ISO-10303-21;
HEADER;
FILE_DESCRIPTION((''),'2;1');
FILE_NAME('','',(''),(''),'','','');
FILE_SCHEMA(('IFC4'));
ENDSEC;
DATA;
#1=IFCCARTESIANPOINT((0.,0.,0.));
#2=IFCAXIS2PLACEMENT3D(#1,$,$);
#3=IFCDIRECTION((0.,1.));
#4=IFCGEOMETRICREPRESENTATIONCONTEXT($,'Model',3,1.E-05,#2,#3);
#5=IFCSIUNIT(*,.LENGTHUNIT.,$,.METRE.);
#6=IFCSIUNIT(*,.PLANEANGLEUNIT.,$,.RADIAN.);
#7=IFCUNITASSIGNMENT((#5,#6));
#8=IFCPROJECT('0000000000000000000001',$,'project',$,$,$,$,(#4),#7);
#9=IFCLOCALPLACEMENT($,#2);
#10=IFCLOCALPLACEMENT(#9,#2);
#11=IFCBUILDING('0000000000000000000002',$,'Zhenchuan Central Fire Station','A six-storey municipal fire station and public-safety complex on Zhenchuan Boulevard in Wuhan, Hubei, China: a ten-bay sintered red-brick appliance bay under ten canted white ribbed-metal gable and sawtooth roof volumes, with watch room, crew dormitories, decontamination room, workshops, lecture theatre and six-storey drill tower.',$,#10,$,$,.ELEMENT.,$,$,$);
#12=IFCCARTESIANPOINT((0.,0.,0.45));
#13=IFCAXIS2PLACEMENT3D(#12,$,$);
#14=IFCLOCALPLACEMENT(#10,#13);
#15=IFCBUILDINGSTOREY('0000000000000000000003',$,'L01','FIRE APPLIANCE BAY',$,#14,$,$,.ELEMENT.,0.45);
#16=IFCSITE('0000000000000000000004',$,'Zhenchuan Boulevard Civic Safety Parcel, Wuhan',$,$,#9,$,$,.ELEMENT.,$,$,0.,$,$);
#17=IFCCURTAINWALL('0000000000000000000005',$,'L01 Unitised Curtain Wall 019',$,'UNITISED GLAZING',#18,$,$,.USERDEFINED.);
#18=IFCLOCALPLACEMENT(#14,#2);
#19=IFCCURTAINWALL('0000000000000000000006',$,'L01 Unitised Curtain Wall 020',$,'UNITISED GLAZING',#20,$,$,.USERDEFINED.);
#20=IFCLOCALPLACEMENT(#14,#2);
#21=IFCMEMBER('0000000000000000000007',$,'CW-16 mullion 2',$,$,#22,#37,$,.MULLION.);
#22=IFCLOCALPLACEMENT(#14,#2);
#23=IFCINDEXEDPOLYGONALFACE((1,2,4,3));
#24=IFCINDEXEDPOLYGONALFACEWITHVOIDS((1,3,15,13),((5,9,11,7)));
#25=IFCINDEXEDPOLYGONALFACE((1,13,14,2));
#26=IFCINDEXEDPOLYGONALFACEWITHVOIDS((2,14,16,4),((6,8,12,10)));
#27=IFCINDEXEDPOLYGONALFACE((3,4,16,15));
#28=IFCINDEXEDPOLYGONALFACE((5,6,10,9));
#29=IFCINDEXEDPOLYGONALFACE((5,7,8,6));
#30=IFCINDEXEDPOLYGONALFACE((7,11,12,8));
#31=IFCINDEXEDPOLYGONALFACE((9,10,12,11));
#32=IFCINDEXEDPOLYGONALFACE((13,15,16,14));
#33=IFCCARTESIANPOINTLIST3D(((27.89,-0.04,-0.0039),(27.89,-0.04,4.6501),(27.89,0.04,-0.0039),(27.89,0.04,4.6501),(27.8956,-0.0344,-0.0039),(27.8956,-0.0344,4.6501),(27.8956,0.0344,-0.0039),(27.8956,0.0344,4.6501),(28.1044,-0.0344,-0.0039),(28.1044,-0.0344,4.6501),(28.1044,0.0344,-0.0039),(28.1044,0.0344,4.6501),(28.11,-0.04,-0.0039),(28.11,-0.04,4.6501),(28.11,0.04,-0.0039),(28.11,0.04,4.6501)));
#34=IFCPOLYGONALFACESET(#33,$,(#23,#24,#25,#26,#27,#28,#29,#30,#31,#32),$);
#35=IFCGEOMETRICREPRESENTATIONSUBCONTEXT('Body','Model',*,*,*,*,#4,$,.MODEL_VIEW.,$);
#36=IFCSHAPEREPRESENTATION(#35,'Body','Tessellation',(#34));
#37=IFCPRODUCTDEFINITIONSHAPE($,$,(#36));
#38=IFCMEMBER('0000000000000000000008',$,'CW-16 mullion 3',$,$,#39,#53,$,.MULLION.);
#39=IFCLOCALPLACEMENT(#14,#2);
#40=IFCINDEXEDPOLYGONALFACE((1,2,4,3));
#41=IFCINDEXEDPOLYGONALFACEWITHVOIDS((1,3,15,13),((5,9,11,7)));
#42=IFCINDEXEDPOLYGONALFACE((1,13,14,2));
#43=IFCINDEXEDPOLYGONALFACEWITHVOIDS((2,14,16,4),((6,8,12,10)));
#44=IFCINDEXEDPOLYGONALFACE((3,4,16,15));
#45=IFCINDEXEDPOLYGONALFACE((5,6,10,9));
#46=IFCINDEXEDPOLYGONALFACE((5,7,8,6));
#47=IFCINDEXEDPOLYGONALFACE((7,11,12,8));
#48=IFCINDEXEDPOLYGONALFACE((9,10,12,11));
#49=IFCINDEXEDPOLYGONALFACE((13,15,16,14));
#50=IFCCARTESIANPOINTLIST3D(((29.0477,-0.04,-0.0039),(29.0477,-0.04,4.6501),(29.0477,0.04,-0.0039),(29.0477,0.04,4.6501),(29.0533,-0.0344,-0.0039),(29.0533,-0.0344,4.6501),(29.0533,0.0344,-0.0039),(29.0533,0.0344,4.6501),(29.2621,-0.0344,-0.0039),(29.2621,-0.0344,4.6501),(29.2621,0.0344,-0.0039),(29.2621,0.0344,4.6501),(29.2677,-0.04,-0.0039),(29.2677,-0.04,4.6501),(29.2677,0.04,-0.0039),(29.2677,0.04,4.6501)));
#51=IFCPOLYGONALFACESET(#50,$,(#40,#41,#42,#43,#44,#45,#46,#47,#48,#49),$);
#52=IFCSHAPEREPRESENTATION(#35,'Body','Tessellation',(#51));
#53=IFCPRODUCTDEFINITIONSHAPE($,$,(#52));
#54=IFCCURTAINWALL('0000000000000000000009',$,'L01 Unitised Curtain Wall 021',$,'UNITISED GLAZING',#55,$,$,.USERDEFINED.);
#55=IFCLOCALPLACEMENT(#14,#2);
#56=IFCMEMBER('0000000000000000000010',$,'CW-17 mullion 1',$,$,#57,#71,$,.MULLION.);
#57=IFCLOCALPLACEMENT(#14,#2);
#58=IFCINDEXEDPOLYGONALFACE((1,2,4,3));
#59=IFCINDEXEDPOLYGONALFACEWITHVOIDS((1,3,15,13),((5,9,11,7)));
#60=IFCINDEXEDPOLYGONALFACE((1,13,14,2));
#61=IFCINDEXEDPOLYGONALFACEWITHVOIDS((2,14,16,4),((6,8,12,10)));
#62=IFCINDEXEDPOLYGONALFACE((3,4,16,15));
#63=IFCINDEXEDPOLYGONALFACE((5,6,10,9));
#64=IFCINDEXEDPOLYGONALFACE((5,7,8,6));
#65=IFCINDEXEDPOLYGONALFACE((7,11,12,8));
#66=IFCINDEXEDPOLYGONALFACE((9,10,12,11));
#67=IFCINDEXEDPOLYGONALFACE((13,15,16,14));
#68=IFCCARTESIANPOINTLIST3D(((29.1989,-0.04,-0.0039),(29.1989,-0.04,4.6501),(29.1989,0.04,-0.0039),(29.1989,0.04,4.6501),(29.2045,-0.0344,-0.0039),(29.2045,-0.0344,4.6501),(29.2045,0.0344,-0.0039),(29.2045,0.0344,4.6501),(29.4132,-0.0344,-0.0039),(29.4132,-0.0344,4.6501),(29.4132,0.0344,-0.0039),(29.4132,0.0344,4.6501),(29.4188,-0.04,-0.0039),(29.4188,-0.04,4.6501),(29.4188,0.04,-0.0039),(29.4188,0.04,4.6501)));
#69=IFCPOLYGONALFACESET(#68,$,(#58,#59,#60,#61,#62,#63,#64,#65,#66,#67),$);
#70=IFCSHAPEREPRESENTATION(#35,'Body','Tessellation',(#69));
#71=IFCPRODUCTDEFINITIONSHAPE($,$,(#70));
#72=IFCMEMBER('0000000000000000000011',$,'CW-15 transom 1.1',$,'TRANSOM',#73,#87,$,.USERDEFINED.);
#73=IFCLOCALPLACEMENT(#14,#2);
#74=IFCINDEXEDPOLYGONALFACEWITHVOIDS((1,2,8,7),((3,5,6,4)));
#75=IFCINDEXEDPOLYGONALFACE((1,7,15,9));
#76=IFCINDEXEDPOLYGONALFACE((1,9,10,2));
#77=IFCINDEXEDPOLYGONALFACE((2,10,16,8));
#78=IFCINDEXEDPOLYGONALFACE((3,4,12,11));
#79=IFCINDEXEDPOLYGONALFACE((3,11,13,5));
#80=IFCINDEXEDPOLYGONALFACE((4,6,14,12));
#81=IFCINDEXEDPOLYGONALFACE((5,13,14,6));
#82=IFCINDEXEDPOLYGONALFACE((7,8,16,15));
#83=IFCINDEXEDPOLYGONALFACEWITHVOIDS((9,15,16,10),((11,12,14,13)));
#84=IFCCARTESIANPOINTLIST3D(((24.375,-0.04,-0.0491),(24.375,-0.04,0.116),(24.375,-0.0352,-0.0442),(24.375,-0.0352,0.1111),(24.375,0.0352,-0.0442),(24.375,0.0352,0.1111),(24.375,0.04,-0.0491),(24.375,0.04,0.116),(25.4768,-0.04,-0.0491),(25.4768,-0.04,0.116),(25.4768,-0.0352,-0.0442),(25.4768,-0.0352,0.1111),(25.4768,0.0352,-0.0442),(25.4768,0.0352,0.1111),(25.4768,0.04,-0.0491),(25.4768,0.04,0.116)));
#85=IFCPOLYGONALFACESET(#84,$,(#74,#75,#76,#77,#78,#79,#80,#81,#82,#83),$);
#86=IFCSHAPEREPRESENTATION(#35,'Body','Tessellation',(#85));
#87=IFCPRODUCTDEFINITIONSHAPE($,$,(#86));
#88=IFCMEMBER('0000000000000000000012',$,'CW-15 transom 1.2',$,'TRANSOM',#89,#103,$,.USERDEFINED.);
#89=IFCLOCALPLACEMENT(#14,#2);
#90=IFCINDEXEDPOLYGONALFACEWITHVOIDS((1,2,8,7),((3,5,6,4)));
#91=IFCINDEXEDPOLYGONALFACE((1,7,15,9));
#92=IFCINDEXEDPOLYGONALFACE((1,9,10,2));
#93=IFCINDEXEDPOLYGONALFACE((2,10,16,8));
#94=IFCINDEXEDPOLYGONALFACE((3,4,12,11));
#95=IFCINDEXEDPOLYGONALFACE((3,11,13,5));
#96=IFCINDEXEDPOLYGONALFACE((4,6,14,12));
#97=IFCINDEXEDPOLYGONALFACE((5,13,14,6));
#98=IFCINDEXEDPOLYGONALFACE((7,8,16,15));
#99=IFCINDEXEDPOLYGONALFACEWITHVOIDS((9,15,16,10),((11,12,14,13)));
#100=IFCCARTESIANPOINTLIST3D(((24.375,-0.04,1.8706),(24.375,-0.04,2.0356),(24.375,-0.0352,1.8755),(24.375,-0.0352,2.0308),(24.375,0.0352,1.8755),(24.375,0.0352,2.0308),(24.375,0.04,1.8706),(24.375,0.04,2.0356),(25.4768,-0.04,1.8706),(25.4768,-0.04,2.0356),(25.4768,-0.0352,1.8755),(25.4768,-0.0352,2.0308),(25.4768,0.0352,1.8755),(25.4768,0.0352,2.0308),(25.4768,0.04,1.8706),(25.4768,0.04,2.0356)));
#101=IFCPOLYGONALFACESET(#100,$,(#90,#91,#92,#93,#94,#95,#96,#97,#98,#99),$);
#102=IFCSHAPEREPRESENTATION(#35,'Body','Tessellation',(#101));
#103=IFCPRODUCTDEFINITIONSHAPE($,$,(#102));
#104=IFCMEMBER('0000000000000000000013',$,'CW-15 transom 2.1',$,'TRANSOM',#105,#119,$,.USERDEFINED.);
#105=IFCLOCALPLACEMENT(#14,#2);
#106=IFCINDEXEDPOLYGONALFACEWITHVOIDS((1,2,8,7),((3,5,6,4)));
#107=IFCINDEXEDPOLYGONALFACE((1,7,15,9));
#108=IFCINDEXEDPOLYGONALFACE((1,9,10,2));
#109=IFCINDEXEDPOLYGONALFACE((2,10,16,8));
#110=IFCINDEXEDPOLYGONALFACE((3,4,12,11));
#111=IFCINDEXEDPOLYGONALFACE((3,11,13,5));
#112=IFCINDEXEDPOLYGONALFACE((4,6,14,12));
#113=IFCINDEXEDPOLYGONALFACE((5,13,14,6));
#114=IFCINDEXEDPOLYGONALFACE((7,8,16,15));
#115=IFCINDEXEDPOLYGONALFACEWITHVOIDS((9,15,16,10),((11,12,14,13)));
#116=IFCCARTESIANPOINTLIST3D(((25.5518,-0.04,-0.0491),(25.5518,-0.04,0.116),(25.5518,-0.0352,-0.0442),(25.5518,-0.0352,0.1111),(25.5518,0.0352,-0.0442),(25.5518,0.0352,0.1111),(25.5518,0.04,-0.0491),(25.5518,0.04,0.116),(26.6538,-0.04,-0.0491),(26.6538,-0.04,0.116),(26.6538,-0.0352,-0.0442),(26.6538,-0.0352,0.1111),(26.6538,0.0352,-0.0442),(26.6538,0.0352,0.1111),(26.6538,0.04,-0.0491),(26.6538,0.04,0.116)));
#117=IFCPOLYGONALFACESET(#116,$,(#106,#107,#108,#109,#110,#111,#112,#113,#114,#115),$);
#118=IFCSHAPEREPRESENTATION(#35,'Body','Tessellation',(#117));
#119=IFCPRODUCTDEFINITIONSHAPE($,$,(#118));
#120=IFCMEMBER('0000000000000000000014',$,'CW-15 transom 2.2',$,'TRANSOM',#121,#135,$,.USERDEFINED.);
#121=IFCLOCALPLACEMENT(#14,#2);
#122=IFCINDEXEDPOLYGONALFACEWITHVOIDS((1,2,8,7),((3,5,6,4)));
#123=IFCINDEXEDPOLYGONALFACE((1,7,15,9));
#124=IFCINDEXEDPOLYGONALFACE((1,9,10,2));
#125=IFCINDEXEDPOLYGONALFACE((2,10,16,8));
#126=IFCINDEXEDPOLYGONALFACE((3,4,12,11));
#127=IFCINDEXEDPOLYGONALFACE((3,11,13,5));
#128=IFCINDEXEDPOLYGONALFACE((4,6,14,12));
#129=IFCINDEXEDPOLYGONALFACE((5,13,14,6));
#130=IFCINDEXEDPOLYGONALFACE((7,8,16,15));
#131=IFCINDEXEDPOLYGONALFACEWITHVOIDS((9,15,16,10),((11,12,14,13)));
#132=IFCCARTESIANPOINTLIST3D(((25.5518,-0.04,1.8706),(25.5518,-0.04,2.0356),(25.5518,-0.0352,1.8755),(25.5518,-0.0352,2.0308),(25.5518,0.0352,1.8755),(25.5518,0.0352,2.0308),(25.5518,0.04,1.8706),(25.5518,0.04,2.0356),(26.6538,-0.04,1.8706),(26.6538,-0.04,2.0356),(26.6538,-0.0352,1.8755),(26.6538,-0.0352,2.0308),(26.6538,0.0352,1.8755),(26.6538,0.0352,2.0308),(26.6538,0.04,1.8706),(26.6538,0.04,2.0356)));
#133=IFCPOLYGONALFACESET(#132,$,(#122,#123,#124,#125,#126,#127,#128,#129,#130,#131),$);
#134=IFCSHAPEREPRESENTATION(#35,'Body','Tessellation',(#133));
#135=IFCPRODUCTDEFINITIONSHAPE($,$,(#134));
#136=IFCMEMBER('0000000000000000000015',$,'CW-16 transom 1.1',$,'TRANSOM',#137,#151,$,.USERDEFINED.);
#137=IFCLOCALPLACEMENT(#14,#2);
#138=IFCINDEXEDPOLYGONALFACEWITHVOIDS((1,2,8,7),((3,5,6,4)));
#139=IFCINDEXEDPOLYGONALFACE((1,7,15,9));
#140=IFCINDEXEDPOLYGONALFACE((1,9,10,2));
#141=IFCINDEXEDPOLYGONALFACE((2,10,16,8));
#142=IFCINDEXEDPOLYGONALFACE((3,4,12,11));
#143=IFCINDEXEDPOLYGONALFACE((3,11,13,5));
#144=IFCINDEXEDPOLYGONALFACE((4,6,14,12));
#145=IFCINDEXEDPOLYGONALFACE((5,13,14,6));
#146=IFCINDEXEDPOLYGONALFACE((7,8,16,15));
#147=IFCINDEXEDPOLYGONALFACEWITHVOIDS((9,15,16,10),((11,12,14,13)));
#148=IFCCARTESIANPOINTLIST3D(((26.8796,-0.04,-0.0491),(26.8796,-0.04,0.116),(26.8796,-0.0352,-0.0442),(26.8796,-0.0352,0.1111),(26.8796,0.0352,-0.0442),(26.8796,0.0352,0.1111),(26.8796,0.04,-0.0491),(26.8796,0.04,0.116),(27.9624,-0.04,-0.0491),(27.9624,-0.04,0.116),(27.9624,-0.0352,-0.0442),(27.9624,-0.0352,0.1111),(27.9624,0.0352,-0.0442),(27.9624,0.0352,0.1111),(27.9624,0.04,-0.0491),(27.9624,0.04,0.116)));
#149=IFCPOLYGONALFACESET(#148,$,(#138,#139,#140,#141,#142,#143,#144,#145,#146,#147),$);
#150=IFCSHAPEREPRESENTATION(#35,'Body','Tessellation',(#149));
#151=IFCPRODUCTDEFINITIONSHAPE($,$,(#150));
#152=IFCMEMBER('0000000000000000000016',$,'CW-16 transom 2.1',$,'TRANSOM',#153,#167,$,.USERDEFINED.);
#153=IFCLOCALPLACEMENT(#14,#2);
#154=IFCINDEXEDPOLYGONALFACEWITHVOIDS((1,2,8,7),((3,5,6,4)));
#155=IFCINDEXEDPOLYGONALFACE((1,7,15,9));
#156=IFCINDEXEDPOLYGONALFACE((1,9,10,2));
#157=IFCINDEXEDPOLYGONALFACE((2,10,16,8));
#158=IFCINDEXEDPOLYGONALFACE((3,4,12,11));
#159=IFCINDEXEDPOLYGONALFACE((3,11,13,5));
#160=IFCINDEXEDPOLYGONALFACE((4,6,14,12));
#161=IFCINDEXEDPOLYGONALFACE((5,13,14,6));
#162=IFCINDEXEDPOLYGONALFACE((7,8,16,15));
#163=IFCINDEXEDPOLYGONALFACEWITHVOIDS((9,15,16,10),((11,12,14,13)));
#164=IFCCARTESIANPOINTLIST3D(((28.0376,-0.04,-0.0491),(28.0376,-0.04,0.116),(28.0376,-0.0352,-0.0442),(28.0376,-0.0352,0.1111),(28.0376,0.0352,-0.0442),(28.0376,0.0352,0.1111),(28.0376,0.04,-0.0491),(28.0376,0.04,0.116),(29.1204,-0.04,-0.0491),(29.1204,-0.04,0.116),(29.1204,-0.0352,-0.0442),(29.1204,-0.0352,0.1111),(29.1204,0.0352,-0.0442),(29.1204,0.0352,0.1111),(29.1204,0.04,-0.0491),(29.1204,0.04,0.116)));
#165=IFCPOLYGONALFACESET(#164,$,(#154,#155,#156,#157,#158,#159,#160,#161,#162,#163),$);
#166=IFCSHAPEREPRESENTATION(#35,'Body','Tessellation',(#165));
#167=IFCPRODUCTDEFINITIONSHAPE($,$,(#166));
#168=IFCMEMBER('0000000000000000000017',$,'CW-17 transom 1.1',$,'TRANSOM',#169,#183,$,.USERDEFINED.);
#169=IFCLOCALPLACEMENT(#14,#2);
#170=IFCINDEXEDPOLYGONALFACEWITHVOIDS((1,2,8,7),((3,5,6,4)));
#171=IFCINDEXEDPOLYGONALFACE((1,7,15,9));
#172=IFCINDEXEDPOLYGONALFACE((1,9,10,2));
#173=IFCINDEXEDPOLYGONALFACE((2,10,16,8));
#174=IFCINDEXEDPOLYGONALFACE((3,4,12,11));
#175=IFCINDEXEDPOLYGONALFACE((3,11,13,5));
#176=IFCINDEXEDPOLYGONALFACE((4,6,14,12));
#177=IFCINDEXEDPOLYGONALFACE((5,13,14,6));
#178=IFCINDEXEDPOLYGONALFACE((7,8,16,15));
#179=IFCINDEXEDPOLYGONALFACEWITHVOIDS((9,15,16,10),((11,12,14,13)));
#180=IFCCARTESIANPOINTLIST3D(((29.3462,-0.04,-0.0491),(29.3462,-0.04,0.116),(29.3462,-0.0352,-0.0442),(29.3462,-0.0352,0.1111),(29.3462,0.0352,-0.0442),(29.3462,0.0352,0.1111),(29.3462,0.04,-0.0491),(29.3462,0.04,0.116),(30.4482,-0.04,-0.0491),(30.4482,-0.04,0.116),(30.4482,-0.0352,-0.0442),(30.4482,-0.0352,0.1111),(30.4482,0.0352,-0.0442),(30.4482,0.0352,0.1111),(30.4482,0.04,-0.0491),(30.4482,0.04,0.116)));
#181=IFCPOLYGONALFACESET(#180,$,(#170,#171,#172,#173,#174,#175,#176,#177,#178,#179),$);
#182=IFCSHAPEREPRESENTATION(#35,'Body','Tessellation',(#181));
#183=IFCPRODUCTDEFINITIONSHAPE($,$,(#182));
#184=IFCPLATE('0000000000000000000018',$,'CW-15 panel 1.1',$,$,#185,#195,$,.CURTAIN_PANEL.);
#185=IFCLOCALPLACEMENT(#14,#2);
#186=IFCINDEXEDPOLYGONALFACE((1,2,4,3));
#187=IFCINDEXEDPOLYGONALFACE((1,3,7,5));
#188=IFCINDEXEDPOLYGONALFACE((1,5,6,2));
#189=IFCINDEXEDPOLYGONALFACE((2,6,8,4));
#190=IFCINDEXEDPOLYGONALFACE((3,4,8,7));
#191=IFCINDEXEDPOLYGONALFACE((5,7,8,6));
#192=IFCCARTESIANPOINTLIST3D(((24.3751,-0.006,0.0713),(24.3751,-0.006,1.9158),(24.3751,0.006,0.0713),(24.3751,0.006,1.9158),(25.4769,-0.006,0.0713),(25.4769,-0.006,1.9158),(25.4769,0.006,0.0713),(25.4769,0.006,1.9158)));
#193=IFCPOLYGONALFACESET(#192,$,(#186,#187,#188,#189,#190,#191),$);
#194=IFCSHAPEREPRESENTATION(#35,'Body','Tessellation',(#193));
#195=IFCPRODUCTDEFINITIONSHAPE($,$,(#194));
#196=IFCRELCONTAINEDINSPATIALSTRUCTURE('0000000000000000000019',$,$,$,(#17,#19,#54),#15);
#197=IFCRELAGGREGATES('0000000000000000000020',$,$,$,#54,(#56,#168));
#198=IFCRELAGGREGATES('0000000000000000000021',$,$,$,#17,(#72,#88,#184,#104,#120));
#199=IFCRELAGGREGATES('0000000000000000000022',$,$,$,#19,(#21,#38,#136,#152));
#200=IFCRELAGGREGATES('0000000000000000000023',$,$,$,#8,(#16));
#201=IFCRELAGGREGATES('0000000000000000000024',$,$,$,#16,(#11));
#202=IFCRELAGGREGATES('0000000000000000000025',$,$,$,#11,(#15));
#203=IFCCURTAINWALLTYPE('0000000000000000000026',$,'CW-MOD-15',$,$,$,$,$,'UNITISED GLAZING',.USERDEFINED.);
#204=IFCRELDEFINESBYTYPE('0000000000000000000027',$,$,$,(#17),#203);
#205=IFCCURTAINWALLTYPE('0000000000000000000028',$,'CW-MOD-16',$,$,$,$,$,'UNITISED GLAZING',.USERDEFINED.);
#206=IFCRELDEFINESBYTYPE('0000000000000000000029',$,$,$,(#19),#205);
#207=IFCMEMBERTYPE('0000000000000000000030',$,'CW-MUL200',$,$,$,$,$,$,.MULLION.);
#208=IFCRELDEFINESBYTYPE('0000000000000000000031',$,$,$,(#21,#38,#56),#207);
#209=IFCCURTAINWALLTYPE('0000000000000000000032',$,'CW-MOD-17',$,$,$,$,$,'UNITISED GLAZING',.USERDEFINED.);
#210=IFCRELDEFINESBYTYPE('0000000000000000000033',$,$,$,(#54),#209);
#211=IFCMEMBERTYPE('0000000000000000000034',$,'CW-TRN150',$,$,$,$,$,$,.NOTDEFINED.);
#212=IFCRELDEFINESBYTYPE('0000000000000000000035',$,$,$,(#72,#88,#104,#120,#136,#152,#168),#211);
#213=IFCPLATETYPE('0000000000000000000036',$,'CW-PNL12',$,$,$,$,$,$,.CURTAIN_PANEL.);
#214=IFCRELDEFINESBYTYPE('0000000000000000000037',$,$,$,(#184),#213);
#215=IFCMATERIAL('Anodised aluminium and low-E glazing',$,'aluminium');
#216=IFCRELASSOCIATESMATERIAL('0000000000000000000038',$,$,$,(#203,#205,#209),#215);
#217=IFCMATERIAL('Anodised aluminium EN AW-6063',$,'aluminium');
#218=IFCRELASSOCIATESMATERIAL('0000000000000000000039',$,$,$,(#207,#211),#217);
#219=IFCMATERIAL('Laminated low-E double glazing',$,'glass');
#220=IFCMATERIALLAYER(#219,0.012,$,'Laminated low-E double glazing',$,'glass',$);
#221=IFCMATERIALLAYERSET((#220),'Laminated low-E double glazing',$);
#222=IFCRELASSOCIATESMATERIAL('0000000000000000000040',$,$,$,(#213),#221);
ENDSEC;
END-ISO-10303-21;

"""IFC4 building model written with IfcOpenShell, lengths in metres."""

from ifc_helpers import new_model, si_unit, direction, frame, origin, origin_2d, place, context, subcontext, project, spatial, rectangle, hollow_rectangle, extrude, material, layer, layer_set, material_profile, profile_set, type_object, element, aggregate, save


model = new_model("IFC4")

# Units and contexts
model_context = context("Model", 3, precision=1e-05, world=origin(), true_north=direction((0.0, 1.0)))
body_context = subcontext(model_context, "Body", "Model", "MODEL_VIEW")
ifc_project = project(units=[si_unit("LENGTHUNIT", "METRE"), si_unit("PLANEANGLEUNIT", "RADIAN")], contexts=[model_context])

# Site, building, storey
site_placement = place(None, origin())
site = spatial("IfcSite", under=ifc_project, at=site_placement, Name="Zhenchuan Boulevard Civic Safety Parcel, Wuhan", CompositionType="ELEMENT", RefElevation=0.0)
building_placement = place(site_placement, origin())
building = spatial("IfcBuilding", under=site, at=building_placement, Name="Zhenchuan Central Fire Station", Description="A six-storey municipal fire station and public-safety complex on Zhenchuan Boulevard in Wuhan, Hubei, China: a ten-bay sintered red-brick appliance bay under ten canted white ribbed-metal gable and sawtooth roof volumes, with watch room, crew dormitories, decontamination room, workshops, lecture theatre and six-storey drill tower.", CompositionType="ELEMENT")
storey_placement = place(building_placement, frame((0.0, 0.0, 0.45)))
storey = spatial("IfcBuildingStorey", under=building, at=storey_placement, Name="L01", Description="FIRE APPLIANCE BAY", CompositionType="ELEMENT", Elevation=0.45)

# Curtain walls, members
ifc_material_1 = material(Name="Anodised aluminium and low-E glazing", Category="aluminium")
curtain_wall_type_1 = type_object("IfcCurtainWallType", Name="CW-MOD-15", ElementType="UNITISED GLAZING", PredefinedType="USERDEFINED", material=ifc_material_1)
curtain_wall_1_placement = place(storey_placement, origin())
curtain_wall_1 = element("IfcCurtainWall", 1, at=curtain_wall_1_placement, inside=storey, type_object=curtain_wall_type_1, Name="L01 Unitised Curtain Wall 019", ObjectType="UNITISED GLAZING", PredefinedType="USERDEFINED")
ifc_material_2 = material(Name="Anodised aluminium EN AW-6063", Category="aluminium")
ifc_material_profile_1 = material_profile(ifc_material_2, hollow_rectangle(XDim=0.0801, YDim=0.22, WallThickness=0.0056, at=origin_2d()), Name="ALU-M 220x80")
ifc_profile_set_1 = profile_set([ifc_material_profile_1], Name="Anodised aluminium EN AW-6063")
member_type_1 = type_object("IfcMemberType", Name="CW-MUL200", PredefinedType="MULLION", material=ifc_profile_set_1)
curtain_wall_type_2 = type_object("IfcCurtainWallType", Name="CW-MOD-16", ElementType="UNITISED GLAZING", PredefinedType="USERDEFINED", material=ifc_material_1)
curtain_wall_2_placement = place(storey_placement, origin())
curtain_wall_2 = element("IfcCurtainWall", 2, at=curtain_wall_2_placement, inside=storey, type_object=curtain_wall_type_2, Name="L01 Unitised Curtain Wall 020", ObjectType="UNITISED GLAZING", PredefinedType="USERDEFINED")
member_1_placement = place(storey_placement, frame((28.0, 0.0, -0.0039), z_axis=(0.0, 0.0, 1.0), x_axis=(0.0, 1.0, 0.0)))
member_1 = element("IfcMember", 3, at=member_1_placement, type_object=member_type_1, Name="CW-16 mullion 2", PredefinedType="MULLION", context=body_context, shape_type="SweptSolid", body=[
    extrude(hollow_rectangle(XDim=0.0801, YDim=0.22, WallThickness=0.0056, at=origin_2d()), origin(), (0.0, 0.0, 1.0), 4.6541),
])
member_2_placement = place(storey_placement, frame((29.1577, 0.0, -0.0039), z_axis=(0.0, 0.0, 1.0), x_axis=(0.0, 1.0, 0.0)))
member_2 = element("IfcMember", 4, at=member_2_placement, type_object=member_type_1, Name="CW-16 mullion 3", PredefinedType="MULLION", context=body_context, shape_type="SweptSolid", body=[
    extrude(hollow_rectangle(XDim=0.0801, YDim=0.22, WallThickness=0.0056, at=origin_2d()), origin(), (0.0, 0.0, 1.0), 4.6541),
])

# Curtain wall, member
curtain_wall_type_3 = type_object("IfcCurtainWallType", Name="CW-MOD-17", ElementType="UNITISED GLAZING", PredefinedType="USERDEFINED", material=ifc_material_1)
curtain_wall_3_placement = place(storey_placement, origin())
curtain_wall_3 = element("IfcCurtainWall", 5, at=curtain_wall_3_placement, inside=storey, type_object=curtain_wall_type_3, Name="L01 Unitised Curtain Wall 021", ObjectType="UNITISED GLAZING", PredefinedType="USERDEFINED")
member_3_placement = place(storey_placement, frame((29.3088, 0.0, -0.0039), z_axis=(0.0, 0.0, 1.0), x_axis=(0.0, 1.0, 0.0)))
member_3 = element("IfcMember", 6, at=member_3_placement, type_object=member_type_1, Name="CW-17 mullion 1", PredefinedType="MULLION", context=body_context, shape_type="SweptSolid", body=[
    extrude(hollow_rectangle(XDim=0.0801, YDim=0.22, WallThickness=0.0056, at=origin_2d()), origin(), (0.0, 0.0, 1.0), 4.6541),
])

# Members
ifc_material_profile_2 = material_profile(ifc_material_2, hollow_rectangle(XDim=0.0801, YDim=0.165, WallThickness=0.0049, at=origin_2d()), Name="ALU-T 165x80")
ifc_profile_set_2 = profile_set([ifc_material_profile_2], Name="Anodised aluminium EN AW-6063")
member_type_2 = type_object("IfcMemberType", Name="CW-TRN150", PredefinedType="NOTDEFINED", material=ifc_profile_set_2)
member_4_placement = place(storey_placement, frame((24.375, 0.0, 0.0334), z_axis=(1.0, 0.0, 0.0), x_axis=(0.0, 1.0, 0.0)))
member_4 = element("IfcMember", 7, at=member_4_placement, type_object=member_type_2, Name="CW-15 transom 1.1", ObjectType="TRANSOM", PredefinedType="USERDEFINED", context=body_context, shape_type="SweptSolid", body=[
    extrude(hollow_rectangle(XDim=0.0801, YDim=0.165, WallThickness=0.0049, at=origin_2d()), origin(), (0.0, 0.0, 1.0), 1.1018),
])
member_5_placement = place(storey_placement, frame((24.375, 0.0, 1.9531), z_axis=(1.0, 0.0, 0.0), x_axis=(0.0, 1.0, 0.0)))
member_5 = element("IfcMember", 8, at=member_5_placement, type_object=member_type_2, Name="CW-15 transom 1.2", ObjectType="TRANSOM", PredefinedType="USERDEFINED", context=body_context, shape_type="SweptSolid", body=[
    extrude(hollow_rectangle(XDim=0.0801, YDim=0.165, WallThickness=0.0049, at=origin_2d()), origin(), (0.0, 0.0, 1.0), 1.1018),
])
member_6_placement = place(storey_placement, frame((25.5518, 0.0, 0.0334), z_axis=(1.0, 0.0, 0.0), x_axis=(0.0, 1.0, 0.0)))
member_6 = element("IfcMember", 9, at=member_6_placement, type_object=member_type_2, Name="CW-15 transom 2.1", ObjectType="TRANSOM", PredefinedType="USERDEFINED", context=body_context, shape_type="SweptSolid", body=[
    extrude(hollow_rectangle(XDim=0.0801, YDim=0.165, WallThickness=0.0049, at=origin_2d()), origin(), (0.0, 0.0, 1.0), 1.1021),
])
member_7_placement = place(storey_placement, frame((25.5518, 0.0, 1.9531), z_axis=(1.0, 0.0, 0.0), x_axis=(0.0, 1.0, 0.0)))
member_7 = element("IfcMember", 10, at=member_7_placement, type_object=member_type_2, Name="CW-15 transom 2.2", ObjectType="TRANSOM", PredefinedType="USERDEFINED", context=body_context, shape_type="SweptSolid", body=[
    extrude(hollow_rectangle(XDim=0.0801, YDim=0.165, WallThickness=0.0049, at=origin_2d()), origin(), (0.0, 0.0, 1.0), 1.1021),
])
member_8_placement = place(storey_placement, frame((26.8796, 0.0, 0.0334), z_axis=(1.0, 0.0, 0.0), x_axis=(0.0, 1.0, 0.0)))
member_8 = element("IfcMember", 11, at=member_8_placement, type_object=member_type_2, Name="CW-16 transom 1.1", ObjectType="TRANSOM", PredefinedType="USERDEFINED", context=body_context, shape_type="SweptSolid", body=[
    extrude(hollow_rectangle(XDim=0.0801, YDim=0.165, WallThickness=0.0049, at=origin_2d()), origin(), (0.0, 0.0, 1.0), 1.0828),
])
member_9_placement = place(storey_placement, frame((28.0376, 0.0, 0.0334), z_axis=(1.0, 0.0, 0.0), x_axis=(0.0, 1.0, 0.0)))
member_9 = element("IfcMember", 12, at=member_9_placement, type_object=member_type_2, Name="CW-16 transom 2.1", ObjectType="TRANSOM", PredefinedType="USERDEFINED", context=body_context, shape_type="SweptSolid", body=[
    extrude(hollow_rectangle(XDim=0.0801, YDim=0.165, WallThickness=0.0049, at=origin_2d()), origin(), (0.0, 0.0, 1.0), 1.0828),
])
member_10_placement = place(storey_placement, frame((29.3462, 0.0, 0.0334), z_axis=(1.0, 0.0, 0.0), x_axis=(0.0, 1.0, 0.0)))
member_10 = element("IfcMember", 13, at=member_10_placement, type_object=member_type_2, Name="CW-17 transom 1.1", ObjectType="TRANSOM", PredefinedType="USERDEFINED", context=body_context, shape_type="SweptSolid", body=[
    extrude(hollow_rectangle(XDim=0.0801, YDim=0.165, WallThickness=0.0049, at=origin_2d()), origin(), (0.0, 0.0, 1.0), 1.1021),
])
aggregate(curtain_wall_3, [member_3, member_10])

# Plate
ifc_material_3 = material(Name="Laminated low-E double glazing", Category="glass")
ifc_layer = layer(ifc_material_3, 0.012, Name="Laminated low-E double glazing", Category="glass")
ifc_layer_set = layer_set([ifc_layer], Name="Laminated low-E double glazing")
plate_type = type_object("IfcPlateType", Name="CW-PNL12", PredefinedType="CURTAIN_PANEL", material=ifc_layer_set)
plate_1_placement = place(storey_placement, frame((24.926, 0.0, 0.0713), z_axis=(0.0, 0.0, 1.0), x_axis=(1.0, 0.0, 0.0)))
plate_1 = element("IfcPlate", 14, at=plate_1_placement, type_object=plate_type, Name="CW-15 panel 1.1", PredefinedType="CURTAIN_PANEL", context=body_context, shape_type="SweptSolid", body=[
    extrude(rectangle(XDim=1.1018, YDim=0.012, at=origin_2d()), origin(), (0.0, 0.0, 1.0), 1.8445),
])
aggregate(curtain_wall_1, [member_4, member_5, plate_1, member_6, member_7])
aggregate(curtain_wall_2, [member_1, member_2, member_8, member_9])

save(model, "model.ifc")
